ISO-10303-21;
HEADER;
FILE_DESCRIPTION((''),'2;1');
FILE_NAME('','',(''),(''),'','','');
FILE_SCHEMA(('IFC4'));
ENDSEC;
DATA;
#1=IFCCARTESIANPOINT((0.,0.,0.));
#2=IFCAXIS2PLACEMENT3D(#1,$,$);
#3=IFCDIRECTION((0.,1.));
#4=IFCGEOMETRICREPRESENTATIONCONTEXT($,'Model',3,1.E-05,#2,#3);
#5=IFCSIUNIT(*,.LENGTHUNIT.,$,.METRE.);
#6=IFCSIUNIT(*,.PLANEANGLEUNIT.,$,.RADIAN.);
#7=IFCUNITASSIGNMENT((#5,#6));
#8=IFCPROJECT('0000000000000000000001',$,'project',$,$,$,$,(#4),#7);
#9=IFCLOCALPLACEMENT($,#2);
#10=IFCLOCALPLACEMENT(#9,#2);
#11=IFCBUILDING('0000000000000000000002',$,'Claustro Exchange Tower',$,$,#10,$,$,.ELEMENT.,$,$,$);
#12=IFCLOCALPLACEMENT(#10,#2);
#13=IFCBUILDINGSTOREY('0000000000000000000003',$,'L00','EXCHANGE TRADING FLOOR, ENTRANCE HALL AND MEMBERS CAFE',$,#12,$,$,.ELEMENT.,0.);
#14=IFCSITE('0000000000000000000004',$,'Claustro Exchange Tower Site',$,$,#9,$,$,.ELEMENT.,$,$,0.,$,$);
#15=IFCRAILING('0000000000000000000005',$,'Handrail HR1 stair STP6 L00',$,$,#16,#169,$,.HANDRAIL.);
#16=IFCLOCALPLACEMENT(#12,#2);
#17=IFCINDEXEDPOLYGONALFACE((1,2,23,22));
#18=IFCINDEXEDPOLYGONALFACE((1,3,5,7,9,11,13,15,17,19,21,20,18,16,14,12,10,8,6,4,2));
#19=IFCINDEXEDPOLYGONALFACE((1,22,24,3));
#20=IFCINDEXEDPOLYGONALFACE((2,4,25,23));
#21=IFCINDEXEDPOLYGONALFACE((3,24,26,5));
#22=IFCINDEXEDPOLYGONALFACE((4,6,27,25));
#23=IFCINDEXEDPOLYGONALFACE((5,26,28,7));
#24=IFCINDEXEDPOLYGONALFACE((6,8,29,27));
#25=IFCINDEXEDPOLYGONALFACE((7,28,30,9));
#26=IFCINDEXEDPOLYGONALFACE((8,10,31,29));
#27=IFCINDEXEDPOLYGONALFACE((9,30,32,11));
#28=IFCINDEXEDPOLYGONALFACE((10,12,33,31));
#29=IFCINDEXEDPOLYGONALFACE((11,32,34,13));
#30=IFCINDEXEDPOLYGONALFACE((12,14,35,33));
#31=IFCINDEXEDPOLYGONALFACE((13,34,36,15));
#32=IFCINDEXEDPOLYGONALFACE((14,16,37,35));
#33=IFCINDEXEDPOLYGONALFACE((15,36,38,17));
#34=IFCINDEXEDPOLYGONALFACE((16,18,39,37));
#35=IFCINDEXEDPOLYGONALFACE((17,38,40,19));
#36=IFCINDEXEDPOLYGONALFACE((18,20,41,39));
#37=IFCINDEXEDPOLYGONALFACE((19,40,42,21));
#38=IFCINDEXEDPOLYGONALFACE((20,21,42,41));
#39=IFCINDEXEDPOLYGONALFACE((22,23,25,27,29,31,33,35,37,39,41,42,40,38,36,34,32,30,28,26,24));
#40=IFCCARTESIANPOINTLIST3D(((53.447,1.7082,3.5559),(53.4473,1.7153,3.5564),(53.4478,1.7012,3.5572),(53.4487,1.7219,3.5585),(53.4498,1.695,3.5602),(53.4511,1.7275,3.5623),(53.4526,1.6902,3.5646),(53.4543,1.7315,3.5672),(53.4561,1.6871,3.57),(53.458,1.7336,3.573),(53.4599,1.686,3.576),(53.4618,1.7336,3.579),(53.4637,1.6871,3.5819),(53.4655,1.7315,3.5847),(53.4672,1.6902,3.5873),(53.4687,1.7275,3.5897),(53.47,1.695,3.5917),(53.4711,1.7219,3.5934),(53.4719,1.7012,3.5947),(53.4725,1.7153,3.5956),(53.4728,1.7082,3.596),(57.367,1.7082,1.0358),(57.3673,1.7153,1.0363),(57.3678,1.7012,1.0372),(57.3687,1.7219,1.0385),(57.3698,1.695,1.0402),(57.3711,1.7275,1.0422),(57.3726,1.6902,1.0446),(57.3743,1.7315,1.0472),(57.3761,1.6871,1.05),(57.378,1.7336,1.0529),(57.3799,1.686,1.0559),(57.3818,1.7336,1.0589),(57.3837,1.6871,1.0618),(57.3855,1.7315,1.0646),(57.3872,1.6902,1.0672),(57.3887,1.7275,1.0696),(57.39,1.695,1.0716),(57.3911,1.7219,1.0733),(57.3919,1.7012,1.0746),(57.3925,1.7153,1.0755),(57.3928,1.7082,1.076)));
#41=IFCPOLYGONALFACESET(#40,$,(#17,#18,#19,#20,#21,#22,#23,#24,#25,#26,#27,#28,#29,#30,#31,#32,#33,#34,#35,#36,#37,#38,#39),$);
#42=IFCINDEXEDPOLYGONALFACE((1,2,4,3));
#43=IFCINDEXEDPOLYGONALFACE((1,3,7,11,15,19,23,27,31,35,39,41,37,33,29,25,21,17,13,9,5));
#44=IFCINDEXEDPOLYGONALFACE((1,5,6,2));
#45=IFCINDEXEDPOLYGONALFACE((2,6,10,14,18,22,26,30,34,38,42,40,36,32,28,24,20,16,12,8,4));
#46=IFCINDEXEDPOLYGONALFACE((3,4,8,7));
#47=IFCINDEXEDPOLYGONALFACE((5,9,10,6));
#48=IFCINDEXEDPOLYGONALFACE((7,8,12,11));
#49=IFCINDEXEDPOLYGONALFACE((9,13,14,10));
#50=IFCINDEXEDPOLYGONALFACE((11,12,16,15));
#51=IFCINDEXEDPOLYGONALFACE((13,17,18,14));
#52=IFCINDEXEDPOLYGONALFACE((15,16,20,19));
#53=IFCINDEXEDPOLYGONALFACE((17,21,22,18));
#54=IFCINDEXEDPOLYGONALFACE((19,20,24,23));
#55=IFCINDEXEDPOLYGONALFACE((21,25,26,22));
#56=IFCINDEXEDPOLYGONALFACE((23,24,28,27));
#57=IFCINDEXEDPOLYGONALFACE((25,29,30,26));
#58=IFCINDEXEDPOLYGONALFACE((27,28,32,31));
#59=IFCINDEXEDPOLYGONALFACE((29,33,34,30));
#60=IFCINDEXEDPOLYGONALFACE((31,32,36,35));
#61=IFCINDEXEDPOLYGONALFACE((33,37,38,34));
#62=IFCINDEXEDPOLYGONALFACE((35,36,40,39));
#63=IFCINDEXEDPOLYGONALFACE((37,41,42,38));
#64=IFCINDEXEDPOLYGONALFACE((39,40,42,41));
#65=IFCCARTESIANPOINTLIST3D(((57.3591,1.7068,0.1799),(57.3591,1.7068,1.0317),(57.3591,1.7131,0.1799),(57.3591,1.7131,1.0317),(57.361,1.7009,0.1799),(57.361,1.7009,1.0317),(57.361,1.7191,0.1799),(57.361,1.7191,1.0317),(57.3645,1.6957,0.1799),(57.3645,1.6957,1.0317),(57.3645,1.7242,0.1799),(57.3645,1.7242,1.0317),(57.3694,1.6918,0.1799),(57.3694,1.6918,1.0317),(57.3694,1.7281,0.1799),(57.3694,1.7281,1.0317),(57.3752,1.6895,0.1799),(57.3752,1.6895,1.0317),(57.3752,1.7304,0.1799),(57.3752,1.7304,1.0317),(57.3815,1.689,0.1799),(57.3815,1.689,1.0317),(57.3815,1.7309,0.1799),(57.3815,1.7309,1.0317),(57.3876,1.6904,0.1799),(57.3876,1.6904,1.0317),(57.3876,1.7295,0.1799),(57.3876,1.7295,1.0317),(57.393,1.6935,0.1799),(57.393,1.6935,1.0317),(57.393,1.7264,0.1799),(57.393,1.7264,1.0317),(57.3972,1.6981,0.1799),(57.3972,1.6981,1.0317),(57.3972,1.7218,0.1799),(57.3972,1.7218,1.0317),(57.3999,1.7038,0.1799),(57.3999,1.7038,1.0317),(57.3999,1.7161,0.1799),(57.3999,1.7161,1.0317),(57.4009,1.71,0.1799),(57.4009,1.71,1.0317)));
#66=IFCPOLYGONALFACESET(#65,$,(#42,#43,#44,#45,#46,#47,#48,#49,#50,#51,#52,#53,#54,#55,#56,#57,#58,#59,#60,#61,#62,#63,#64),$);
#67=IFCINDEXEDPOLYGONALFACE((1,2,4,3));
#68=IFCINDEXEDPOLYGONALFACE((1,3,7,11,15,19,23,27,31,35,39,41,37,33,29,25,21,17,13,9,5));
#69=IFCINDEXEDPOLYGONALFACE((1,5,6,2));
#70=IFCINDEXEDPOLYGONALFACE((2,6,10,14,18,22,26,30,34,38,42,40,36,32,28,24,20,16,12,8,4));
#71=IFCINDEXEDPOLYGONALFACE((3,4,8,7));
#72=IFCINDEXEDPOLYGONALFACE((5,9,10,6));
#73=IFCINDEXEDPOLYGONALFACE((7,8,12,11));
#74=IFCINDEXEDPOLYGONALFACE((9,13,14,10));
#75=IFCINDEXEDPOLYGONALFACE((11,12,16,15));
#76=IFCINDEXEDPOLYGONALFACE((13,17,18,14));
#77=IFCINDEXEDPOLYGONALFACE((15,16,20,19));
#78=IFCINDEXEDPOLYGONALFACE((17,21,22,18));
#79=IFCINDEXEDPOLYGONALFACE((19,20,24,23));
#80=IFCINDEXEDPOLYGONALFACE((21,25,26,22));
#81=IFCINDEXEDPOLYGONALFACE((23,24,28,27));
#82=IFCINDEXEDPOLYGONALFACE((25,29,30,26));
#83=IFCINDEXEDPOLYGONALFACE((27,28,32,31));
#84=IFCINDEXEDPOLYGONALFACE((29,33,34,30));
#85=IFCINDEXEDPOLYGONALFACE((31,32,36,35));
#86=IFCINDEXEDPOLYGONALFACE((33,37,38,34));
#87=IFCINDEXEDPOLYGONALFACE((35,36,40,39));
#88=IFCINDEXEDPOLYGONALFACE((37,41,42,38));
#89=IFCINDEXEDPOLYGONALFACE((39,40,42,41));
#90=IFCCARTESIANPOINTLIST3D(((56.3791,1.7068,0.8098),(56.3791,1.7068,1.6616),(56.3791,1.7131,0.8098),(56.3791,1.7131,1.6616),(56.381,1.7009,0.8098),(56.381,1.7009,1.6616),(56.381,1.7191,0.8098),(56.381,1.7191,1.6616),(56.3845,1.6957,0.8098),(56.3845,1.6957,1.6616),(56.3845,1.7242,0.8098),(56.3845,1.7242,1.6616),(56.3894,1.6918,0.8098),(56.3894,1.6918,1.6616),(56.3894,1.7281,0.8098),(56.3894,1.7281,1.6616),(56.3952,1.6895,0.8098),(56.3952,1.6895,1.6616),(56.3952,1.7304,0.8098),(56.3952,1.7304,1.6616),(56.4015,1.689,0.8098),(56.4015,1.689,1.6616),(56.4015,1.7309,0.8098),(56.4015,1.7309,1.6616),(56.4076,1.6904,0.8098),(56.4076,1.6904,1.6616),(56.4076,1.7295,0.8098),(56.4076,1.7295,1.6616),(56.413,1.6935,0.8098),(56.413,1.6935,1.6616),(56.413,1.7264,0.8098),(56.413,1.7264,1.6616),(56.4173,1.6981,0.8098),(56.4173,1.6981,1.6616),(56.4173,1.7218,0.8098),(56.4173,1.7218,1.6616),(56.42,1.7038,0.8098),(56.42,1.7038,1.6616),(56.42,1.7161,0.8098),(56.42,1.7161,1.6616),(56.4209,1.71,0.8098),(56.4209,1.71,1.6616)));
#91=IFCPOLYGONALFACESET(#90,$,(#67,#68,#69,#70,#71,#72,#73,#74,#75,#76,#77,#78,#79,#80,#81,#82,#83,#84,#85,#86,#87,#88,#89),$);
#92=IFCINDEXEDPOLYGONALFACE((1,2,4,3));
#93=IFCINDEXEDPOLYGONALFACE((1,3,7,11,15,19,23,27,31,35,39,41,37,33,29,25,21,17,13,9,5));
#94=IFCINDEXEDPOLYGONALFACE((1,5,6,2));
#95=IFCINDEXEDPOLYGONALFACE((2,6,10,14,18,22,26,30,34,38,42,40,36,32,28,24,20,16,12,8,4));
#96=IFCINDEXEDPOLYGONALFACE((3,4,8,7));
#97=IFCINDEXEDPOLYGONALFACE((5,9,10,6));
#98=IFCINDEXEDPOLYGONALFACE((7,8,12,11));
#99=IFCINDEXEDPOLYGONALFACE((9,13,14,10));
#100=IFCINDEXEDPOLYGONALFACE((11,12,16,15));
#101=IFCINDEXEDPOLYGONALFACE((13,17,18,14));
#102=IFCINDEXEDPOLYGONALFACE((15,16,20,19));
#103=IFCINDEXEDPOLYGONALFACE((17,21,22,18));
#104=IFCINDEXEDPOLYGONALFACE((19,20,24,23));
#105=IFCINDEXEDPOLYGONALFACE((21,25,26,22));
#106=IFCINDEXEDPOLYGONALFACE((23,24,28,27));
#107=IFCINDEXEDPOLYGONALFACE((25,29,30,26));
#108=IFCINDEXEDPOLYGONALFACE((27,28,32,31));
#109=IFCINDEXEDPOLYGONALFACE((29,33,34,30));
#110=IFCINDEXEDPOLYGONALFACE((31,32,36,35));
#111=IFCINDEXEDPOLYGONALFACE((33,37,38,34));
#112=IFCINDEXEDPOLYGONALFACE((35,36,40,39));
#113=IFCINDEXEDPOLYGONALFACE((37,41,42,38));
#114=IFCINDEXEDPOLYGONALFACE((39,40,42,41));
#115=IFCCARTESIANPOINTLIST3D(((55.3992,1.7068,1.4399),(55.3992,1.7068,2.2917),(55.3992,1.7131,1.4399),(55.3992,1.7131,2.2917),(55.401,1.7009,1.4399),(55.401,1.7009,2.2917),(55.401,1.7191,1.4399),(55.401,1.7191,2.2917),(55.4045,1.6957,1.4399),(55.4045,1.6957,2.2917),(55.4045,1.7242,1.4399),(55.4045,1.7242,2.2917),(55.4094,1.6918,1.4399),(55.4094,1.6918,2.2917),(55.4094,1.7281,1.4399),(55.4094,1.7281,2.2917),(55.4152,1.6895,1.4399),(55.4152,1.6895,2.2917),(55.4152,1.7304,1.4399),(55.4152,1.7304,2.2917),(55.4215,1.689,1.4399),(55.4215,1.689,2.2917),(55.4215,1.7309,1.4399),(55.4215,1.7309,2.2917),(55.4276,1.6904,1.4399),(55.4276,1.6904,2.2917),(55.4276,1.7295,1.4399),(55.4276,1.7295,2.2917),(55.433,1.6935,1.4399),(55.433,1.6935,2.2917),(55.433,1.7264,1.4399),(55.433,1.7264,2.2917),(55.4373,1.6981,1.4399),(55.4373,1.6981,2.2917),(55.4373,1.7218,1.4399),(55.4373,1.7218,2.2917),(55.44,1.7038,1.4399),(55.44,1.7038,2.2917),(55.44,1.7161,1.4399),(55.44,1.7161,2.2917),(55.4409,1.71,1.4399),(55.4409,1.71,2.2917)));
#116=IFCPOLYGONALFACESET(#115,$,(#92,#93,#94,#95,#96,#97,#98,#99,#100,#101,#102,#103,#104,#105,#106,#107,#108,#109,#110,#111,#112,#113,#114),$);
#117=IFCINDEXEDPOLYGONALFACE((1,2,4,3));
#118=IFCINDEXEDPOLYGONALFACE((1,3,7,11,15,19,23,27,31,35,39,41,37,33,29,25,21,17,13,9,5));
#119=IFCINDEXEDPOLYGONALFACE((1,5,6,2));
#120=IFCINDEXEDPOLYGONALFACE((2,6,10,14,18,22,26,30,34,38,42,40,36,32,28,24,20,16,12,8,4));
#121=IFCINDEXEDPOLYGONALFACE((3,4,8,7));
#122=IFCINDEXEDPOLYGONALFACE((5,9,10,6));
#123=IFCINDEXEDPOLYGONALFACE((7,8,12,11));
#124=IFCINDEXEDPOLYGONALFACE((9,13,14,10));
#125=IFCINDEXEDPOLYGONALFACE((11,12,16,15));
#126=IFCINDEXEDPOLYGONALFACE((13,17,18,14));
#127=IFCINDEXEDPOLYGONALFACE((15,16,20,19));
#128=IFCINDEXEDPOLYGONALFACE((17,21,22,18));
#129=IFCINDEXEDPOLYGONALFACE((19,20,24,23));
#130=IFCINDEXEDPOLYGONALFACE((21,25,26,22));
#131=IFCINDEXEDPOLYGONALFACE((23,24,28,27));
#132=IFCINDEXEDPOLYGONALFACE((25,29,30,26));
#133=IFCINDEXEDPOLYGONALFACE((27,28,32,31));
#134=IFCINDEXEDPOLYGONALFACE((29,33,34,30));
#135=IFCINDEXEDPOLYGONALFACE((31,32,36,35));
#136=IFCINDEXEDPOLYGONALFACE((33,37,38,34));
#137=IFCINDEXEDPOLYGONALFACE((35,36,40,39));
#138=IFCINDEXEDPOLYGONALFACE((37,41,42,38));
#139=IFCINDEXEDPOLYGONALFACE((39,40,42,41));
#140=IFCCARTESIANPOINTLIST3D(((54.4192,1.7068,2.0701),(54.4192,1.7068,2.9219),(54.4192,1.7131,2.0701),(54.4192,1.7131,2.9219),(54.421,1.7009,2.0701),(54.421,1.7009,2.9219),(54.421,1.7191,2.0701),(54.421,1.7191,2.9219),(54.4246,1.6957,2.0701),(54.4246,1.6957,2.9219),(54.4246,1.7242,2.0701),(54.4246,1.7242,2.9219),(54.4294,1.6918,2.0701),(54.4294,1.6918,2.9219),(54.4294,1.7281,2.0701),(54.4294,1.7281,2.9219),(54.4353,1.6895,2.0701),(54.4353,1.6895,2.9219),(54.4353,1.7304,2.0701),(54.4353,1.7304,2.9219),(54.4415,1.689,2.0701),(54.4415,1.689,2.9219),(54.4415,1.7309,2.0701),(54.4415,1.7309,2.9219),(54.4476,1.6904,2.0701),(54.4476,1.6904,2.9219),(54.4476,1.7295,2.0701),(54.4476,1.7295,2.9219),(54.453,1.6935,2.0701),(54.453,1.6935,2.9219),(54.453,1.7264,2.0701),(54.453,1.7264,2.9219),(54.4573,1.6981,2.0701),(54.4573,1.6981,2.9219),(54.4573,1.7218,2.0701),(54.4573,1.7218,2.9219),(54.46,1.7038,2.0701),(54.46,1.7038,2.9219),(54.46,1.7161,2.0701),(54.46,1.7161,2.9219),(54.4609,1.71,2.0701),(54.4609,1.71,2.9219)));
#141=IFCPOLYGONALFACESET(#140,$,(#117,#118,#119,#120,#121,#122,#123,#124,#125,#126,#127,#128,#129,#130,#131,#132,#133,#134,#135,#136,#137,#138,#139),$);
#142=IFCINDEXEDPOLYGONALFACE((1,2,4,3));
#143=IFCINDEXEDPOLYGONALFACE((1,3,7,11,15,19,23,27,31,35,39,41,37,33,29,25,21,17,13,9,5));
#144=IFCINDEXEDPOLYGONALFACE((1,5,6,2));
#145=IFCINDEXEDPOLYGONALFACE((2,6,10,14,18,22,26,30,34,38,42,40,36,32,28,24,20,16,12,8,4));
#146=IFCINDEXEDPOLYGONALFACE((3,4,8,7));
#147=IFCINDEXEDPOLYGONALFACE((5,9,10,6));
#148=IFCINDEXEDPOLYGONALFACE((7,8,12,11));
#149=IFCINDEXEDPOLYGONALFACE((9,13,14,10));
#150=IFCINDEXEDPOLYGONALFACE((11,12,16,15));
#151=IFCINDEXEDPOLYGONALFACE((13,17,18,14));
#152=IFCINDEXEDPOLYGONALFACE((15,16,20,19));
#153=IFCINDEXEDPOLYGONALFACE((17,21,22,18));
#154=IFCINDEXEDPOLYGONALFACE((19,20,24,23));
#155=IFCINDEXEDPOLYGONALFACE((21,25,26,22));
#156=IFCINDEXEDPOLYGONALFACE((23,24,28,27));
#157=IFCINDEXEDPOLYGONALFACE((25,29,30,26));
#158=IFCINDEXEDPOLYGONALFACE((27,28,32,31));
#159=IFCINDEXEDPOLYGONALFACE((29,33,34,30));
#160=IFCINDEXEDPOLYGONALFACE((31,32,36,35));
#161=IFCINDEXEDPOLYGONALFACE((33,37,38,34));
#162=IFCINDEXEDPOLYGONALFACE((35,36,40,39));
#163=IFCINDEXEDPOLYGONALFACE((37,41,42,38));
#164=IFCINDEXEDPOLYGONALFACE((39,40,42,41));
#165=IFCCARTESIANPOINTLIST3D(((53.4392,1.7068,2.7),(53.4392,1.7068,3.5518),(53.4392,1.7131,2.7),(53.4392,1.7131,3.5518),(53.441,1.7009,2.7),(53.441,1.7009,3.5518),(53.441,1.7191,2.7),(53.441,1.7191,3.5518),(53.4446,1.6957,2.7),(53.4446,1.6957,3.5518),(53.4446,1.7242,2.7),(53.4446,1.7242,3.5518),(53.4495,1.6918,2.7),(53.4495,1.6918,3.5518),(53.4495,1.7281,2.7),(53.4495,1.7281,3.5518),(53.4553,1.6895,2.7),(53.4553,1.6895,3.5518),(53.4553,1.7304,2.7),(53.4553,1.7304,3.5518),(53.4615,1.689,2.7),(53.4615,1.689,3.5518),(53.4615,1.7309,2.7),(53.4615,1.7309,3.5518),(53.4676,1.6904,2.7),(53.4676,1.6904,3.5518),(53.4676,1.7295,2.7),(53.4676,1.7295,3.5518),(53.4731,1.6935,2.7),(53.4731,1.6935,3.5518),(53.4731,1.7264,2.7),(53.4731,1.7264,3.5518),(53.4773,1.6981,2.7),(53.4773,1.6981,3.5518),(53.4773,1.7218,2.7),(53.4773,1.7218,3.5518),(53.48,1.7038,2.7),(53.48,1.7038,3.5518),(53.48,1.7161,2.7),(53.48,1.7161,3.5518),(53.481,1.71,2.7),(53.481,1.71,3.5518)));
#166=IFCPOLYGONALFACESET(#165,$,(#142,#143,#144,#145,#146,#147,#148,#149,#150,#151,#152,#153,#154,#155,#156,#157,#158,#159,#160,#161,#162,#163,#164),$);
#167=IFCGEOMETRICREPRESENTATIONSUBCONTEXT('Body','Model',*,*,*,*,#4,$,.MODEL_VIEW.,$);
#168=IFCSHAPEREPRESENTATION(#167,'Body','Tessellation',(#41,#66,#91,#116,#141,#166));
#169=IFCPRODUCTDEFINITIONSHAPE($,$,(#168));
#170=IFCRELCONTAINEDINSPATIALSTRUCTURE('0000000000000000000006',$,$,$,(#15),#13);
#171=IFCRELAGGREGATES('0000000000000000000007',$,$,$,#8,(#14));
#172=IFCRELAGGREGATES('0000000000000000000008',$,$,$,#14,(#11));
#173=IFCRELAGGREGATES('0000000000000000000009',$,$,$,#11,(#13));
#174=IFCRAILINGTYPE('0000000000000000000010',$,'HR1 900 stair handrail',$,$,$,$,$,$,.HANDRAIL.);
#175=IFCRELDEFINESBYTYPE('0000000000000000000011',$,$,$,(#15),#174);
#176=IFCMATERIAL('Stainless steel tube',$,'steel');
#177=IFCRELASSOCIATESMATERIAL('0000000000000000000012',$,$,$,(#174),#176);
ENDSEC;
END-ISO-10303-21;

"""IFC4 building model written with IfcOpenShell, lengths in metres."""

from ifc_helpers import new_model, si_unit, direction, frame, origin, origin_2d, place, context, subcontext, project, spatial, circle, extrude, material, type_object, element, save


model = new_model("IFC4")

# Units and contexts
model_context = context("Model", 3, precision=1e-05, world=origin(), true_north=direction((0.0, 1.0)))
body_context = subcontext(model_context, "Body", "Model", "MODEL_VIEW")
ifc_project = project(units=[si_unit("LENGTHUNIT", "METRE"), si_unit("PLANEANGLEUNIT", "RADIAN")], contexts=[model_context])

# Site, building, storey
site_placement = place(None, origin())
site = spatial("IfcSite", under=ifc_project, at=site_placement, Name="Claustro Exchange Tower Site", CompositionType="ELEMENT", RefElevation=0.0)
building_placement = place(site_placement, origin())
building = spatial("IfcBuilding", under=site, at=building_placement, Name="Claustro Exchange Tower", CompositionType="ELEMENT")
storey_placement = place(building_placement, origin())
storey = spatial("IfcBuildingStorey", under=building, at=storey_placement, Name="L00", Description="EXCHANGE TRADING FLOOR, ENTRANCE HALL AND MEMBERS CAFE", CompositionType="ELEMENT", Elevation=0.0)

# Railing
ifc_material_1 = material(Name="Stainless steel tube", Category="steel")
railing_type_1 = type_object("IfcRailingType", Name="HR1 900 stair handrail", PredefinedType="HANDRAIL", material=ifc_material_1)
railing_1_placement = place(storey_placement, frame((57.3799, 1.71, 0.1799)))
element("IfcRailing", 1, at=railing_1_placement, inside=storey, type_object=railing_type_1, Name="Handrail HR1 stair STP6 L00", PredefinedType="HANDRAIL", context=body_context, shape_type="SweptSolid", body=[
    extrude(circle(Radius=0.0239, at=origin_2d()), frame((0.0, 0.0, 0.876), z_axis=(-0.841172, 0.0, 0.540768), x_axis=(0.0, -1.0, 0.0)), (0.0, 0.0, 1.0), 4.6602),
    extrude(circle(Radius=0.021, at=origin_2d()), origin(), (0.0, 0.0, 1.0), 0.8518),
    extrude(circle(Radius=0.021, at=origin_2d()), frame((-0.98, 0.0, 0.6299)), (0.0, 0.0, 1.0), 0.8518),
    extrude(circle(Radius=0.021, at=origin_2d()), frame((-1.96, 0.0, 1.26)), (0.0, 0.0, 1.0), 0.8518),
    extrude(circle(Radius=0.021, at=origin_2d()), frame((-2.9399, 0.0, 1.8901)), (0.0, 0.0, 1.0), 0.8518),
    extrude(circle(Radius=0.021, at=origin_2d()), frame((-3.9199, 0.0, 2.52)), (0.0, 0.0, 1.0), 0.8518),
])

save(model, "model.ifc")
